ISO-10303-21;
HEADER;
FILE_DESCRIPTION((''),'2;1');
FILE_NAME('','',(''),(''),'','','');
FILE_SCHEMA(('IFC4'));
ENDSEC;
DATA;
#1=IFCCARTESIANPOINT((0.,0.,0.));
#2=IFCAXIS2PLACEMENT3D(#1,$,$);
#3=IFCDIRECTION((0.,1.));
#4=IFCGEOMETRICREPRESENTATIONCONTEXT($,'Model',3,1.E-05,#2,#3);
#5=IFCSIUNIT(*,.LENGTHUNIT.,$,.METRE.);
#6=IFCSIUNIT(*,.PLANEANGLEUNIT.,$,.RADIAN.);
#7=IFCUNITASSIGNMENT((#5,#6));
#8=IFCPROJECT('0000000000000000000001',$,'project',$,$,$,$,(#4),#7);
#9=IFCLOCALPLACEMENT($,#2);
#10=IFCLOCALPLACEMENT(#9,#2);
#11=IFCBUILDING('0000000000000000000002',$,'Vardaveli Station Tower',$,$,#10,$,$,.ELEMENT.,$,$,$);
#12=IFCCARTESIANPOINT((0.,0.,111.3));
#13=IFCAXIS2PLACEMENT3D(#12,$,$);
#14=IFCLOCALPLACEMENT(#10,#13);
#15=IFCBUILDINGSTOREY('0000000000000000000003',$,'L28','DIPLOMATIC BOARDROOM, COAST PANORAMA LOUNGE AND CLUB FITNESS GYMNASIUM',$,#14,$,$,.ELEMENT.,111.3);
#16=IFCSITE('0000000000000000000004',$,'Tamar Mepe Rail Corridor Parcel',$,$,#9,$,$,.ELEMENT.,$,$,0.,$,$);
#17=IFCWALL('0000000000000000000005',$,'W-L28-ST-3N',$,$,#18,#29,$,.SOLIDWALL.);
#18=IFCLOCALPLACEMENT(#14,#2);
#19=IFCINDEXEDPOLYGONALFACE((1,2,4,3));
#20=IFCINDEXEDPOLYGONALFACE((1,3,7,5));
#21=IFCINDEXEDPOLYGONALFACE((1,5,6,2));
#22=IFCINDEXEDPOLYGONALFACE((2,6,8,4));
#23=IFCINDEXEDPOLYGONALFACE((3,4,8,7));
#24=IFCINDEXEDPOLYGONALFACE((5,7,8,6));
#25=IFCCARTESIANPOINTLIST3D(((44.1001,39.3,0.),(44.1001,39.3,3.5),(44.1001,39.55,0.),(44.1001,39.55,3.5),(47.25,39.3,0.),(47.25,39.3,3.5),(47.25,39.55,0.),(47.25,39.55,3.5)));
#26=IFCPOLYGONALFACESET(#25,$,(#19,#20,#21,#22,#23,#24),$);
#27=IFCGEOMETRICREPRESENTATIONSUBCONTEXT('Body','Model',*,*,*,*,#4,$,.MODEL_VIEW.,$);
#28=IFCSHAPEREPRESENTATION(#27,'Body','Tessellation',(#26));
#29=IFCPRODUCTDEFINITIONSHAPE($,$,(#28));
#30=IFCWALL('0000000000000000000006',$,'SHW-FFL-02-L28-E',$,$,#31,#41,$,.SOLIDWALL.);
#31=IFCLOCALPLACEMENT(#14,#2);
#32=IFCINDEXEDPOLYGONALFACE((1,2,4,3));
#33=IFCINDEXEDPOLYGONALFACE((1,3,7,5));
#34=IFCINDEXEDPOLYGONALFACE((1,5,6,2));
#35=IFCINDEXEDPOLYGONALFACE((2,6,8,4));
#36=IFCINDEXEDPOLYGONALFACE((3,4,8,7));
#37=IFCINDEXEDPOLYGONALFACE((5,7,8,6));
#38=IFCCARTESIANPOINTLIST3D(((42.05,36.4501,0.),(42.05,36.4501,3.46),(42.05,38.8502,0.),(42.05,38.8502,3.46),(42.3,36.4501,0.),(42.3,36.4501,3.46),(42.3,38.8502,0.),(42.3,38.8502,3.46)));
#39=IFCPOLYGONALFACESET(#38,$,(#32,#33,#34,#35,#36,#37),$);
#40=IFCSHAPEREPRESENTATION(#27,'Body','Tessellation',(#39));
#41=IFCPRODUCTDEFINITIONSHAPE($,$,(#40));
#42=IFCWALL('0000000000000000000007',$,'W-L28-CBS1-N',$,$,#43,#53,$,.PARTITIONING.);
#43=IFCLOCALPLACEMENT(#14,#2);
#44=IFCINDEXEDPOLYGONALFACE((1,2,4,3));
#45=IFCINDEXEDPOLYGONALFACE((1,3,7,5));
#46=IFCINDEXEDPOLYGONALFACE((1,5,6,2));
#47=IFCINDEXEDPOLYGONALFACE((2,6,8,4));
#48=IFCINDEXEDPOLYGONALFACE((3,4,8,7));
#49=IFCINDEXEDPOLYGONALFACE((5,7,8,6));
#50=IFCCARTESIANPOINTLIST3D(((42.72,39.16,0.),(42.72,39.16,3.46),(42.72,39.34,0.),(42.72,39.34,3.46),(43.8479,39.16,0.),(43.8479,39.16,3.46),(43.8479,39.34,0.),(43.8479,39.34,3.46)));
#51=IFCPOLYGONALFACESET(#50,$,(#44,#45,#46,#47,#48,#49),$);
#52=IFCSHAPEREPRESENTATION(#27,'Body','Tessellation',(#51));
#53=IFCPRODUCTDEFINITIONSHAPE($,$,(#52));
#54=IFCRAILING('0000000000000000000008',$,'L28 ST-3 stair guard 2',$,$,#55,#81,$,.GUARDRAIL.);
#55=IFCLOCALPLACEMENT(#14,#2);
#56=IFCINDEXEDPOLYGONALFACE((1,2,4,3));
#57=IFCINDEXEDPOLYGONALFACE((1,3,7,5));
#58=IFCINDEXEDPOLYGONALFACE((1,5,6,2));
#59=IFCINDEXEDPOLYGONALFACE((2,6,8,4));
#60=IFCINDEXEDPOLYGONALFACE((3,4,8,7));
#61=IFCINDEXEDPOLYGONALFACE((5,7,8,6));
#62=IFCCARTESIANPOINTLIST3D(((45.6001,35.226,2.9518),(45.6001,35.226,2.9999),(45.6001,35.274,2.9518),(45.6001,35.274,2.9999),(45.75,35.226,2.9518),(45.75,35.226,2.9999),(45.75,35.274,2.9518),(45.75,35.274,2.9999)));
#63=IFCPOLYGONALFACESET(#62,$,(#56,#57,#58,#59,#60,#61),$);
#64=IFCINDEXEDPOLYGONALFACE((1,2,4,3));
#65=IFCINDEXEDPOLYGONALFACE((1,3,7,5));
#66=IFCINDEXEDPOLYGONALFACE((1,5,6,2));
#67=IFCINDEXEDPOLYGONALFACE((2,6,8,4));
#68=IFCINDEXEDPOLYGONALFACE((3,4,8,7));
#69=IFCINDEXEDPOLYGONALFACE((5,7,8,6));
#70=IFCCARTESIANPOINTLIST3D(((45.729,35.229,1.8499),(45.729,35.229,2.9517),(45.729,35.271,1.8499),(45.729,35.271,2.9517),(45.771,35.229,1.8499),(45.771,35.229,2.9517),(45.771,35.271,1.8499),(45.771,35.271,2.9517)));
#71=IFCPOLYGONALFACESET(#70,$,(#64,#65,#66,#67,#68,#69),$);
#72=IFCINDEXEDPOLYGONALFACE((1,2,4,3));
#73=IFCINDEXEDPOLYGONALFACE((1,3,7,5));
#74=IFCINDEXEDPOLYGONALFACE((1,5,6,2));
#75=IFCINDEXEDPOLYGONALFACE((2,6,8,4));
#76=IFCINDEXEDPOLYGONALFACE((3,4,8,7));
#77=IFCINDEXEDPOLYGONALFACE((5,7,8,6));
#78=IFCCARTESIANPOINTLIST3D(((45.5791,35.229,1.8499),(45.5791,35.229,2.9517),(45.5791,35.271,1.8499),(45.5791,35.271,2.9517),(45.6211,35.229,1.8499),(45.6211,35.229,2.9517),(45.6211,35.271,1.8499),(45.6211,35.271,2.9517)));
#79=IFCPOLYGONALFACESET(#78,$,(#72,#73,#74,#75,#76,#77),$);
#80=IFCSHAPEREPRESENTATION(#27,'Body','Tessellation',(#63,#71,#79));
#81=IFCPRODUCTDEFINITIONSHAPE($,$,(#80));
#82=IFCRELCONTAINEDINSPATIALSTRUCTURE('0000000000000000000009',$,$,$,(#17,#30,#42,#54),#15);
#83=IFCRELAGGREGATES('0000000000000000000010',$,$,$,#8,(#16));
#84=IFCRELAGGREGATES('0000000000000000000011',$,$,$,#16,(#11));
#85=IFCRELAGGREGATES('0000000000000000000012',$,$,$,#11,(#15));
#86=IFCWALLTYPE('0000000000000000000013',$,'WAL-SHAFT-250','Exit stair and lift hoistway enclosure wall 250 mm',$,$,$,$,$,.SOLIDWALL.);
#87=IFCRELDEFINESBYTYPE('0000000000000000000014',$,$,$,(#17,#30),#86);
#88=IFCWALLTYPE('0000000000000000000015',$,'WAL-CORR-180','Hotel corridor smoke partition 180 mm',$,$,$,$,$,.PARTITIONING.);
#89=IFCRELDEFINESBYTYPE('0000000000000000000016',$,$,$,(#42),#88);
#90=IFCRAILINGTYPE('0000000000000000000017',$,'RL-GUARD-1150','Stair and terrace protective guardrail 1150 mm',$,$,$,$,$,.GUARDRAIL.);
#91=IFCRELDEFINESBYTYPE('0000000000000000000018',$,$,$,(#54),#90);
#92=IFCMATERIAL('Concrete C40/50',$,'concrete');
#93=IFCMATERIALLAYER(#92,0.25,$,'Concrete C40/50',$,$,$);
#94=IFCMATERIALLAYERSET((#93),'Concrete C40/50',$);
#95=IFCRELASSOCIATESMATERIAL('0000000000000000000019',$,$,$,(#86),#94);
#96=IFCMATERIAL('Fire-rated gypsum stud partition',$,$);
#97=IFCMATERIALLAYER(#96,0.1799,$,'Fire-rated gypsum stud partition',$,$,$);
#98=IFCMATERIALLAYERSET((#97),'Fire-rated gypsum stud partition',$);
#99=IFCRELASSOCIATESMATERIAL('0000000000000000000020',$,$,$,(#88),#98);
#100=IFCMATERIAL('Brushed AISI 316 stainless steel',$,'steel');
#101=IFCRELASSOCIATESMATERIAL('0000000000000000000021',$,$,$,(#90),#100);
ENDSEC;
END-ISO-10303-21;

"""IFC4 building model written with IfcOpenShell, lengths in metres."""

from ifc_helpers import new_model, si_unit, direction, frame, frame_2d, origin, origin_2d, place, context, subcontext, project, spatial, rectangle, extrude, source, transform, mapped, material, layer, layer_set, type_object, element, save


model = new_model("IFC4")

# Units and contexts
model_context = context("Model", 3, precision=1e-05, world=origin(), true_north=direction((0.0, 1.0)))
body_context = subcontext(model_context, "Body", "Model", "MODEL_VIEW")
ifc_project = project(units=[si_unit("LENGTHUNIT", "METRE"), si_unit("PLANEANGLEUNIT", "RADIAN")], contexts=[model_context])

# Site, building, storey
site_placement = place(None, origin())
site = spatial("IfcSite", under=ifc_project, at=site_placement, Name="Tamar Mepe Rail Corridor Parcel", CompositionType="ELEMENT", RefElevation=0.0)
building_placement = place(site_placement, origin())
building = spatial("IfcBuilding", under=site, at=building_placement, Name="Vardaveli Station Tower", CompositionType="ELEMENT")
storey_placement = place(building_placement, frame((0.0, 0.0, 111.3)))
storey = spatial("IfcBuildingStorey", under=building, at=storey_placement, Name="L28", Description="DIPLOMATIC BOARDROOM, COAST PANORAMA LOUNGE AND CLUB FITNESS GYMNASIUM", CompositionType="ELEMENT", Elevation=111.3)

# Walls
ifc_material_1 = material(Name="Concrete C40/50", Category="concrete")
ifc_layer_1 = layer(ifc_material_1, 0.25, Name="Concrete C40/50")
ifc_layer_set_1 = layer_set([ifc_layer_1], Name="Concrete C40/50")
wall_type_1 = type_object("IfcWallType", Name="WAL-SHAFT-250", Description="Exit stair and lift hoistway enclosure wall 250 mm", PredefinedType="SOLIDWALL", material=ifc_layer_set_1)
shared_shape_1 = source(origin(), body_context, "Body", "SweptSolid", [
    extrude(rectangle(XDim=3.1499, YDim=0.25, at=frame_2d((1.575, 0.0))), origin(), (0.0, 0.0, 1.0), 3.5),
])
wall_1_placement = place(storey_placement, frame((44.1001, 39.425, 0.0), z_axis=(0.0, 0.0, 1.0), x_axis=(1.0, 0.0, 0.0)))
element("IfcWall", 1, at=wall_1_placement, inside=storey, type_object=wall_type_1, Name="W-L28-ST-3N", PredefinedType="SOLIDWALL", context=body_context, shape_type="MappedRepresentation", body=[
    mapped(shared_shape_1, transform((0.0, 0.0, 0.0), scale=1.0)),
])
shared_shape_2 = source(origin(), body_context, "Body", "SweptSolid", [
    extrude(rectangle(XDim=2.4001, YDim=0.25, at=frame_2d((1.2002, 0.0))), origin(), (0.0, 0.0, 1.0), 3.46),
])
wall_2_placement = place(storey_placement, frame((42.175, 36.45, 0.0), z_axis=(0.0, 0.0, 1.0), x_axis=(0.0, 1.0, 0.0)))
element("IfcWall", 2, at=wall_2_placement, inside=storey, type_object=wall_type_1, Name="SHW-FFL-02-L28-E", PredefinedType="SOLIDWALL", context=body_context, shape_type="MappedRepresentation", body=[
    mapped(shared_shape_2, transform((0.0, 0.0, 0.0), scale=1.0)),
])
ifc_material_2 = material(Name="Fire-rated gypsum stud partition")
ifc_layer_2 = layer(ifc_material_2, 0.1799, Name="Fire-rated gypsum stud partition")
ifc_layer_set_2 = layer_set([ifc_layer_2], Name="Fire-rated gypsum stud partition")
wall_type_2 = type_object("IfcWallType", Name="WAL-CORR-180", Description="Hotel corridor smoke partition 180 mm", PredefinedType="PARTITIONING", material=ifc_layer_set_2)
shared_shape_3 = source(origin(), body_context, "Body", "SweptSolid", [
    extrude(rectangle(XDim=1.1279, YDim=0.1799, at=frame_2d((0.564, 0.0))), origin(), (0.0, 0.0, 1.0), 3.46),
])
wall_3_placement = place(storey_placement, frame((42.72, 39.25, 0.0), z_axis=(0.0, 0.0, 1.0), x_axis=(1.0, 0.0, 0.0)))
element("IfcWall", 3, at=wall_3_placement, inside=storey, type_object=wall_type_2, Name="W-L28-CBS1-N", PredefinedType="PARTITIONING", context=body_context, shape_type="MappedRepresentation", body=[
    mapped(shared_shape_3, transform((0.0, 0.0, 0.0), scale=1.0)),
])

# Railing
ifc_material_3 = material(Name="Brushed AISI 316 stainless steel", Category="steel")
railing_type = type_object("IfcRailingType", Name="RL-GUARD-1150", Description="Stair and terrace protective guardrail 1150 mm", PredefinedType="GUARDRAIL", material=ifc_material_3)
shared_shape_4 = source(origin(), body_context, "Body", "SweptSolid", [
    extrude(rectangle(XDim=0.0481, YDim=0.0481, at=origin_2d()), frame((0.0, 0.0, 1.126), z_axis=(-1.0, 0.0, 0.0), x_axis=(0.0, -1.0, 0.0)), (0.0, 0.0, 1.0), 0.1499),
    extrude(rectangle(XDim=0.042, YDim=0.042, at=origin_2d()), origin(), (0.0, 0.0, 1.0), 1.1018),
    extrude(rectangle(XDim=0.042, YDim=0.042, at=origin_2d()), frame((-0.1499, 0.0, 0.0)), (0.0, 0.0, 1.0), 1.1018),
])
railing_placement = place(storey_placement, frame((45.75, 35.25, 1.8499)))
element("IfcRailing", 4, at=railing_placement, inside=storey, type_object=railing_type, Name="L28 ST-3 stair guard 2", PredefinedType="GUARDRAIL", context=body_context, shape_type="MappedRepresentation", body=[
    mapped(shared_shape_4, transform((0.0, 0.0, 0.0), scale=1.0)),
])

save(model, "model.ifc")
